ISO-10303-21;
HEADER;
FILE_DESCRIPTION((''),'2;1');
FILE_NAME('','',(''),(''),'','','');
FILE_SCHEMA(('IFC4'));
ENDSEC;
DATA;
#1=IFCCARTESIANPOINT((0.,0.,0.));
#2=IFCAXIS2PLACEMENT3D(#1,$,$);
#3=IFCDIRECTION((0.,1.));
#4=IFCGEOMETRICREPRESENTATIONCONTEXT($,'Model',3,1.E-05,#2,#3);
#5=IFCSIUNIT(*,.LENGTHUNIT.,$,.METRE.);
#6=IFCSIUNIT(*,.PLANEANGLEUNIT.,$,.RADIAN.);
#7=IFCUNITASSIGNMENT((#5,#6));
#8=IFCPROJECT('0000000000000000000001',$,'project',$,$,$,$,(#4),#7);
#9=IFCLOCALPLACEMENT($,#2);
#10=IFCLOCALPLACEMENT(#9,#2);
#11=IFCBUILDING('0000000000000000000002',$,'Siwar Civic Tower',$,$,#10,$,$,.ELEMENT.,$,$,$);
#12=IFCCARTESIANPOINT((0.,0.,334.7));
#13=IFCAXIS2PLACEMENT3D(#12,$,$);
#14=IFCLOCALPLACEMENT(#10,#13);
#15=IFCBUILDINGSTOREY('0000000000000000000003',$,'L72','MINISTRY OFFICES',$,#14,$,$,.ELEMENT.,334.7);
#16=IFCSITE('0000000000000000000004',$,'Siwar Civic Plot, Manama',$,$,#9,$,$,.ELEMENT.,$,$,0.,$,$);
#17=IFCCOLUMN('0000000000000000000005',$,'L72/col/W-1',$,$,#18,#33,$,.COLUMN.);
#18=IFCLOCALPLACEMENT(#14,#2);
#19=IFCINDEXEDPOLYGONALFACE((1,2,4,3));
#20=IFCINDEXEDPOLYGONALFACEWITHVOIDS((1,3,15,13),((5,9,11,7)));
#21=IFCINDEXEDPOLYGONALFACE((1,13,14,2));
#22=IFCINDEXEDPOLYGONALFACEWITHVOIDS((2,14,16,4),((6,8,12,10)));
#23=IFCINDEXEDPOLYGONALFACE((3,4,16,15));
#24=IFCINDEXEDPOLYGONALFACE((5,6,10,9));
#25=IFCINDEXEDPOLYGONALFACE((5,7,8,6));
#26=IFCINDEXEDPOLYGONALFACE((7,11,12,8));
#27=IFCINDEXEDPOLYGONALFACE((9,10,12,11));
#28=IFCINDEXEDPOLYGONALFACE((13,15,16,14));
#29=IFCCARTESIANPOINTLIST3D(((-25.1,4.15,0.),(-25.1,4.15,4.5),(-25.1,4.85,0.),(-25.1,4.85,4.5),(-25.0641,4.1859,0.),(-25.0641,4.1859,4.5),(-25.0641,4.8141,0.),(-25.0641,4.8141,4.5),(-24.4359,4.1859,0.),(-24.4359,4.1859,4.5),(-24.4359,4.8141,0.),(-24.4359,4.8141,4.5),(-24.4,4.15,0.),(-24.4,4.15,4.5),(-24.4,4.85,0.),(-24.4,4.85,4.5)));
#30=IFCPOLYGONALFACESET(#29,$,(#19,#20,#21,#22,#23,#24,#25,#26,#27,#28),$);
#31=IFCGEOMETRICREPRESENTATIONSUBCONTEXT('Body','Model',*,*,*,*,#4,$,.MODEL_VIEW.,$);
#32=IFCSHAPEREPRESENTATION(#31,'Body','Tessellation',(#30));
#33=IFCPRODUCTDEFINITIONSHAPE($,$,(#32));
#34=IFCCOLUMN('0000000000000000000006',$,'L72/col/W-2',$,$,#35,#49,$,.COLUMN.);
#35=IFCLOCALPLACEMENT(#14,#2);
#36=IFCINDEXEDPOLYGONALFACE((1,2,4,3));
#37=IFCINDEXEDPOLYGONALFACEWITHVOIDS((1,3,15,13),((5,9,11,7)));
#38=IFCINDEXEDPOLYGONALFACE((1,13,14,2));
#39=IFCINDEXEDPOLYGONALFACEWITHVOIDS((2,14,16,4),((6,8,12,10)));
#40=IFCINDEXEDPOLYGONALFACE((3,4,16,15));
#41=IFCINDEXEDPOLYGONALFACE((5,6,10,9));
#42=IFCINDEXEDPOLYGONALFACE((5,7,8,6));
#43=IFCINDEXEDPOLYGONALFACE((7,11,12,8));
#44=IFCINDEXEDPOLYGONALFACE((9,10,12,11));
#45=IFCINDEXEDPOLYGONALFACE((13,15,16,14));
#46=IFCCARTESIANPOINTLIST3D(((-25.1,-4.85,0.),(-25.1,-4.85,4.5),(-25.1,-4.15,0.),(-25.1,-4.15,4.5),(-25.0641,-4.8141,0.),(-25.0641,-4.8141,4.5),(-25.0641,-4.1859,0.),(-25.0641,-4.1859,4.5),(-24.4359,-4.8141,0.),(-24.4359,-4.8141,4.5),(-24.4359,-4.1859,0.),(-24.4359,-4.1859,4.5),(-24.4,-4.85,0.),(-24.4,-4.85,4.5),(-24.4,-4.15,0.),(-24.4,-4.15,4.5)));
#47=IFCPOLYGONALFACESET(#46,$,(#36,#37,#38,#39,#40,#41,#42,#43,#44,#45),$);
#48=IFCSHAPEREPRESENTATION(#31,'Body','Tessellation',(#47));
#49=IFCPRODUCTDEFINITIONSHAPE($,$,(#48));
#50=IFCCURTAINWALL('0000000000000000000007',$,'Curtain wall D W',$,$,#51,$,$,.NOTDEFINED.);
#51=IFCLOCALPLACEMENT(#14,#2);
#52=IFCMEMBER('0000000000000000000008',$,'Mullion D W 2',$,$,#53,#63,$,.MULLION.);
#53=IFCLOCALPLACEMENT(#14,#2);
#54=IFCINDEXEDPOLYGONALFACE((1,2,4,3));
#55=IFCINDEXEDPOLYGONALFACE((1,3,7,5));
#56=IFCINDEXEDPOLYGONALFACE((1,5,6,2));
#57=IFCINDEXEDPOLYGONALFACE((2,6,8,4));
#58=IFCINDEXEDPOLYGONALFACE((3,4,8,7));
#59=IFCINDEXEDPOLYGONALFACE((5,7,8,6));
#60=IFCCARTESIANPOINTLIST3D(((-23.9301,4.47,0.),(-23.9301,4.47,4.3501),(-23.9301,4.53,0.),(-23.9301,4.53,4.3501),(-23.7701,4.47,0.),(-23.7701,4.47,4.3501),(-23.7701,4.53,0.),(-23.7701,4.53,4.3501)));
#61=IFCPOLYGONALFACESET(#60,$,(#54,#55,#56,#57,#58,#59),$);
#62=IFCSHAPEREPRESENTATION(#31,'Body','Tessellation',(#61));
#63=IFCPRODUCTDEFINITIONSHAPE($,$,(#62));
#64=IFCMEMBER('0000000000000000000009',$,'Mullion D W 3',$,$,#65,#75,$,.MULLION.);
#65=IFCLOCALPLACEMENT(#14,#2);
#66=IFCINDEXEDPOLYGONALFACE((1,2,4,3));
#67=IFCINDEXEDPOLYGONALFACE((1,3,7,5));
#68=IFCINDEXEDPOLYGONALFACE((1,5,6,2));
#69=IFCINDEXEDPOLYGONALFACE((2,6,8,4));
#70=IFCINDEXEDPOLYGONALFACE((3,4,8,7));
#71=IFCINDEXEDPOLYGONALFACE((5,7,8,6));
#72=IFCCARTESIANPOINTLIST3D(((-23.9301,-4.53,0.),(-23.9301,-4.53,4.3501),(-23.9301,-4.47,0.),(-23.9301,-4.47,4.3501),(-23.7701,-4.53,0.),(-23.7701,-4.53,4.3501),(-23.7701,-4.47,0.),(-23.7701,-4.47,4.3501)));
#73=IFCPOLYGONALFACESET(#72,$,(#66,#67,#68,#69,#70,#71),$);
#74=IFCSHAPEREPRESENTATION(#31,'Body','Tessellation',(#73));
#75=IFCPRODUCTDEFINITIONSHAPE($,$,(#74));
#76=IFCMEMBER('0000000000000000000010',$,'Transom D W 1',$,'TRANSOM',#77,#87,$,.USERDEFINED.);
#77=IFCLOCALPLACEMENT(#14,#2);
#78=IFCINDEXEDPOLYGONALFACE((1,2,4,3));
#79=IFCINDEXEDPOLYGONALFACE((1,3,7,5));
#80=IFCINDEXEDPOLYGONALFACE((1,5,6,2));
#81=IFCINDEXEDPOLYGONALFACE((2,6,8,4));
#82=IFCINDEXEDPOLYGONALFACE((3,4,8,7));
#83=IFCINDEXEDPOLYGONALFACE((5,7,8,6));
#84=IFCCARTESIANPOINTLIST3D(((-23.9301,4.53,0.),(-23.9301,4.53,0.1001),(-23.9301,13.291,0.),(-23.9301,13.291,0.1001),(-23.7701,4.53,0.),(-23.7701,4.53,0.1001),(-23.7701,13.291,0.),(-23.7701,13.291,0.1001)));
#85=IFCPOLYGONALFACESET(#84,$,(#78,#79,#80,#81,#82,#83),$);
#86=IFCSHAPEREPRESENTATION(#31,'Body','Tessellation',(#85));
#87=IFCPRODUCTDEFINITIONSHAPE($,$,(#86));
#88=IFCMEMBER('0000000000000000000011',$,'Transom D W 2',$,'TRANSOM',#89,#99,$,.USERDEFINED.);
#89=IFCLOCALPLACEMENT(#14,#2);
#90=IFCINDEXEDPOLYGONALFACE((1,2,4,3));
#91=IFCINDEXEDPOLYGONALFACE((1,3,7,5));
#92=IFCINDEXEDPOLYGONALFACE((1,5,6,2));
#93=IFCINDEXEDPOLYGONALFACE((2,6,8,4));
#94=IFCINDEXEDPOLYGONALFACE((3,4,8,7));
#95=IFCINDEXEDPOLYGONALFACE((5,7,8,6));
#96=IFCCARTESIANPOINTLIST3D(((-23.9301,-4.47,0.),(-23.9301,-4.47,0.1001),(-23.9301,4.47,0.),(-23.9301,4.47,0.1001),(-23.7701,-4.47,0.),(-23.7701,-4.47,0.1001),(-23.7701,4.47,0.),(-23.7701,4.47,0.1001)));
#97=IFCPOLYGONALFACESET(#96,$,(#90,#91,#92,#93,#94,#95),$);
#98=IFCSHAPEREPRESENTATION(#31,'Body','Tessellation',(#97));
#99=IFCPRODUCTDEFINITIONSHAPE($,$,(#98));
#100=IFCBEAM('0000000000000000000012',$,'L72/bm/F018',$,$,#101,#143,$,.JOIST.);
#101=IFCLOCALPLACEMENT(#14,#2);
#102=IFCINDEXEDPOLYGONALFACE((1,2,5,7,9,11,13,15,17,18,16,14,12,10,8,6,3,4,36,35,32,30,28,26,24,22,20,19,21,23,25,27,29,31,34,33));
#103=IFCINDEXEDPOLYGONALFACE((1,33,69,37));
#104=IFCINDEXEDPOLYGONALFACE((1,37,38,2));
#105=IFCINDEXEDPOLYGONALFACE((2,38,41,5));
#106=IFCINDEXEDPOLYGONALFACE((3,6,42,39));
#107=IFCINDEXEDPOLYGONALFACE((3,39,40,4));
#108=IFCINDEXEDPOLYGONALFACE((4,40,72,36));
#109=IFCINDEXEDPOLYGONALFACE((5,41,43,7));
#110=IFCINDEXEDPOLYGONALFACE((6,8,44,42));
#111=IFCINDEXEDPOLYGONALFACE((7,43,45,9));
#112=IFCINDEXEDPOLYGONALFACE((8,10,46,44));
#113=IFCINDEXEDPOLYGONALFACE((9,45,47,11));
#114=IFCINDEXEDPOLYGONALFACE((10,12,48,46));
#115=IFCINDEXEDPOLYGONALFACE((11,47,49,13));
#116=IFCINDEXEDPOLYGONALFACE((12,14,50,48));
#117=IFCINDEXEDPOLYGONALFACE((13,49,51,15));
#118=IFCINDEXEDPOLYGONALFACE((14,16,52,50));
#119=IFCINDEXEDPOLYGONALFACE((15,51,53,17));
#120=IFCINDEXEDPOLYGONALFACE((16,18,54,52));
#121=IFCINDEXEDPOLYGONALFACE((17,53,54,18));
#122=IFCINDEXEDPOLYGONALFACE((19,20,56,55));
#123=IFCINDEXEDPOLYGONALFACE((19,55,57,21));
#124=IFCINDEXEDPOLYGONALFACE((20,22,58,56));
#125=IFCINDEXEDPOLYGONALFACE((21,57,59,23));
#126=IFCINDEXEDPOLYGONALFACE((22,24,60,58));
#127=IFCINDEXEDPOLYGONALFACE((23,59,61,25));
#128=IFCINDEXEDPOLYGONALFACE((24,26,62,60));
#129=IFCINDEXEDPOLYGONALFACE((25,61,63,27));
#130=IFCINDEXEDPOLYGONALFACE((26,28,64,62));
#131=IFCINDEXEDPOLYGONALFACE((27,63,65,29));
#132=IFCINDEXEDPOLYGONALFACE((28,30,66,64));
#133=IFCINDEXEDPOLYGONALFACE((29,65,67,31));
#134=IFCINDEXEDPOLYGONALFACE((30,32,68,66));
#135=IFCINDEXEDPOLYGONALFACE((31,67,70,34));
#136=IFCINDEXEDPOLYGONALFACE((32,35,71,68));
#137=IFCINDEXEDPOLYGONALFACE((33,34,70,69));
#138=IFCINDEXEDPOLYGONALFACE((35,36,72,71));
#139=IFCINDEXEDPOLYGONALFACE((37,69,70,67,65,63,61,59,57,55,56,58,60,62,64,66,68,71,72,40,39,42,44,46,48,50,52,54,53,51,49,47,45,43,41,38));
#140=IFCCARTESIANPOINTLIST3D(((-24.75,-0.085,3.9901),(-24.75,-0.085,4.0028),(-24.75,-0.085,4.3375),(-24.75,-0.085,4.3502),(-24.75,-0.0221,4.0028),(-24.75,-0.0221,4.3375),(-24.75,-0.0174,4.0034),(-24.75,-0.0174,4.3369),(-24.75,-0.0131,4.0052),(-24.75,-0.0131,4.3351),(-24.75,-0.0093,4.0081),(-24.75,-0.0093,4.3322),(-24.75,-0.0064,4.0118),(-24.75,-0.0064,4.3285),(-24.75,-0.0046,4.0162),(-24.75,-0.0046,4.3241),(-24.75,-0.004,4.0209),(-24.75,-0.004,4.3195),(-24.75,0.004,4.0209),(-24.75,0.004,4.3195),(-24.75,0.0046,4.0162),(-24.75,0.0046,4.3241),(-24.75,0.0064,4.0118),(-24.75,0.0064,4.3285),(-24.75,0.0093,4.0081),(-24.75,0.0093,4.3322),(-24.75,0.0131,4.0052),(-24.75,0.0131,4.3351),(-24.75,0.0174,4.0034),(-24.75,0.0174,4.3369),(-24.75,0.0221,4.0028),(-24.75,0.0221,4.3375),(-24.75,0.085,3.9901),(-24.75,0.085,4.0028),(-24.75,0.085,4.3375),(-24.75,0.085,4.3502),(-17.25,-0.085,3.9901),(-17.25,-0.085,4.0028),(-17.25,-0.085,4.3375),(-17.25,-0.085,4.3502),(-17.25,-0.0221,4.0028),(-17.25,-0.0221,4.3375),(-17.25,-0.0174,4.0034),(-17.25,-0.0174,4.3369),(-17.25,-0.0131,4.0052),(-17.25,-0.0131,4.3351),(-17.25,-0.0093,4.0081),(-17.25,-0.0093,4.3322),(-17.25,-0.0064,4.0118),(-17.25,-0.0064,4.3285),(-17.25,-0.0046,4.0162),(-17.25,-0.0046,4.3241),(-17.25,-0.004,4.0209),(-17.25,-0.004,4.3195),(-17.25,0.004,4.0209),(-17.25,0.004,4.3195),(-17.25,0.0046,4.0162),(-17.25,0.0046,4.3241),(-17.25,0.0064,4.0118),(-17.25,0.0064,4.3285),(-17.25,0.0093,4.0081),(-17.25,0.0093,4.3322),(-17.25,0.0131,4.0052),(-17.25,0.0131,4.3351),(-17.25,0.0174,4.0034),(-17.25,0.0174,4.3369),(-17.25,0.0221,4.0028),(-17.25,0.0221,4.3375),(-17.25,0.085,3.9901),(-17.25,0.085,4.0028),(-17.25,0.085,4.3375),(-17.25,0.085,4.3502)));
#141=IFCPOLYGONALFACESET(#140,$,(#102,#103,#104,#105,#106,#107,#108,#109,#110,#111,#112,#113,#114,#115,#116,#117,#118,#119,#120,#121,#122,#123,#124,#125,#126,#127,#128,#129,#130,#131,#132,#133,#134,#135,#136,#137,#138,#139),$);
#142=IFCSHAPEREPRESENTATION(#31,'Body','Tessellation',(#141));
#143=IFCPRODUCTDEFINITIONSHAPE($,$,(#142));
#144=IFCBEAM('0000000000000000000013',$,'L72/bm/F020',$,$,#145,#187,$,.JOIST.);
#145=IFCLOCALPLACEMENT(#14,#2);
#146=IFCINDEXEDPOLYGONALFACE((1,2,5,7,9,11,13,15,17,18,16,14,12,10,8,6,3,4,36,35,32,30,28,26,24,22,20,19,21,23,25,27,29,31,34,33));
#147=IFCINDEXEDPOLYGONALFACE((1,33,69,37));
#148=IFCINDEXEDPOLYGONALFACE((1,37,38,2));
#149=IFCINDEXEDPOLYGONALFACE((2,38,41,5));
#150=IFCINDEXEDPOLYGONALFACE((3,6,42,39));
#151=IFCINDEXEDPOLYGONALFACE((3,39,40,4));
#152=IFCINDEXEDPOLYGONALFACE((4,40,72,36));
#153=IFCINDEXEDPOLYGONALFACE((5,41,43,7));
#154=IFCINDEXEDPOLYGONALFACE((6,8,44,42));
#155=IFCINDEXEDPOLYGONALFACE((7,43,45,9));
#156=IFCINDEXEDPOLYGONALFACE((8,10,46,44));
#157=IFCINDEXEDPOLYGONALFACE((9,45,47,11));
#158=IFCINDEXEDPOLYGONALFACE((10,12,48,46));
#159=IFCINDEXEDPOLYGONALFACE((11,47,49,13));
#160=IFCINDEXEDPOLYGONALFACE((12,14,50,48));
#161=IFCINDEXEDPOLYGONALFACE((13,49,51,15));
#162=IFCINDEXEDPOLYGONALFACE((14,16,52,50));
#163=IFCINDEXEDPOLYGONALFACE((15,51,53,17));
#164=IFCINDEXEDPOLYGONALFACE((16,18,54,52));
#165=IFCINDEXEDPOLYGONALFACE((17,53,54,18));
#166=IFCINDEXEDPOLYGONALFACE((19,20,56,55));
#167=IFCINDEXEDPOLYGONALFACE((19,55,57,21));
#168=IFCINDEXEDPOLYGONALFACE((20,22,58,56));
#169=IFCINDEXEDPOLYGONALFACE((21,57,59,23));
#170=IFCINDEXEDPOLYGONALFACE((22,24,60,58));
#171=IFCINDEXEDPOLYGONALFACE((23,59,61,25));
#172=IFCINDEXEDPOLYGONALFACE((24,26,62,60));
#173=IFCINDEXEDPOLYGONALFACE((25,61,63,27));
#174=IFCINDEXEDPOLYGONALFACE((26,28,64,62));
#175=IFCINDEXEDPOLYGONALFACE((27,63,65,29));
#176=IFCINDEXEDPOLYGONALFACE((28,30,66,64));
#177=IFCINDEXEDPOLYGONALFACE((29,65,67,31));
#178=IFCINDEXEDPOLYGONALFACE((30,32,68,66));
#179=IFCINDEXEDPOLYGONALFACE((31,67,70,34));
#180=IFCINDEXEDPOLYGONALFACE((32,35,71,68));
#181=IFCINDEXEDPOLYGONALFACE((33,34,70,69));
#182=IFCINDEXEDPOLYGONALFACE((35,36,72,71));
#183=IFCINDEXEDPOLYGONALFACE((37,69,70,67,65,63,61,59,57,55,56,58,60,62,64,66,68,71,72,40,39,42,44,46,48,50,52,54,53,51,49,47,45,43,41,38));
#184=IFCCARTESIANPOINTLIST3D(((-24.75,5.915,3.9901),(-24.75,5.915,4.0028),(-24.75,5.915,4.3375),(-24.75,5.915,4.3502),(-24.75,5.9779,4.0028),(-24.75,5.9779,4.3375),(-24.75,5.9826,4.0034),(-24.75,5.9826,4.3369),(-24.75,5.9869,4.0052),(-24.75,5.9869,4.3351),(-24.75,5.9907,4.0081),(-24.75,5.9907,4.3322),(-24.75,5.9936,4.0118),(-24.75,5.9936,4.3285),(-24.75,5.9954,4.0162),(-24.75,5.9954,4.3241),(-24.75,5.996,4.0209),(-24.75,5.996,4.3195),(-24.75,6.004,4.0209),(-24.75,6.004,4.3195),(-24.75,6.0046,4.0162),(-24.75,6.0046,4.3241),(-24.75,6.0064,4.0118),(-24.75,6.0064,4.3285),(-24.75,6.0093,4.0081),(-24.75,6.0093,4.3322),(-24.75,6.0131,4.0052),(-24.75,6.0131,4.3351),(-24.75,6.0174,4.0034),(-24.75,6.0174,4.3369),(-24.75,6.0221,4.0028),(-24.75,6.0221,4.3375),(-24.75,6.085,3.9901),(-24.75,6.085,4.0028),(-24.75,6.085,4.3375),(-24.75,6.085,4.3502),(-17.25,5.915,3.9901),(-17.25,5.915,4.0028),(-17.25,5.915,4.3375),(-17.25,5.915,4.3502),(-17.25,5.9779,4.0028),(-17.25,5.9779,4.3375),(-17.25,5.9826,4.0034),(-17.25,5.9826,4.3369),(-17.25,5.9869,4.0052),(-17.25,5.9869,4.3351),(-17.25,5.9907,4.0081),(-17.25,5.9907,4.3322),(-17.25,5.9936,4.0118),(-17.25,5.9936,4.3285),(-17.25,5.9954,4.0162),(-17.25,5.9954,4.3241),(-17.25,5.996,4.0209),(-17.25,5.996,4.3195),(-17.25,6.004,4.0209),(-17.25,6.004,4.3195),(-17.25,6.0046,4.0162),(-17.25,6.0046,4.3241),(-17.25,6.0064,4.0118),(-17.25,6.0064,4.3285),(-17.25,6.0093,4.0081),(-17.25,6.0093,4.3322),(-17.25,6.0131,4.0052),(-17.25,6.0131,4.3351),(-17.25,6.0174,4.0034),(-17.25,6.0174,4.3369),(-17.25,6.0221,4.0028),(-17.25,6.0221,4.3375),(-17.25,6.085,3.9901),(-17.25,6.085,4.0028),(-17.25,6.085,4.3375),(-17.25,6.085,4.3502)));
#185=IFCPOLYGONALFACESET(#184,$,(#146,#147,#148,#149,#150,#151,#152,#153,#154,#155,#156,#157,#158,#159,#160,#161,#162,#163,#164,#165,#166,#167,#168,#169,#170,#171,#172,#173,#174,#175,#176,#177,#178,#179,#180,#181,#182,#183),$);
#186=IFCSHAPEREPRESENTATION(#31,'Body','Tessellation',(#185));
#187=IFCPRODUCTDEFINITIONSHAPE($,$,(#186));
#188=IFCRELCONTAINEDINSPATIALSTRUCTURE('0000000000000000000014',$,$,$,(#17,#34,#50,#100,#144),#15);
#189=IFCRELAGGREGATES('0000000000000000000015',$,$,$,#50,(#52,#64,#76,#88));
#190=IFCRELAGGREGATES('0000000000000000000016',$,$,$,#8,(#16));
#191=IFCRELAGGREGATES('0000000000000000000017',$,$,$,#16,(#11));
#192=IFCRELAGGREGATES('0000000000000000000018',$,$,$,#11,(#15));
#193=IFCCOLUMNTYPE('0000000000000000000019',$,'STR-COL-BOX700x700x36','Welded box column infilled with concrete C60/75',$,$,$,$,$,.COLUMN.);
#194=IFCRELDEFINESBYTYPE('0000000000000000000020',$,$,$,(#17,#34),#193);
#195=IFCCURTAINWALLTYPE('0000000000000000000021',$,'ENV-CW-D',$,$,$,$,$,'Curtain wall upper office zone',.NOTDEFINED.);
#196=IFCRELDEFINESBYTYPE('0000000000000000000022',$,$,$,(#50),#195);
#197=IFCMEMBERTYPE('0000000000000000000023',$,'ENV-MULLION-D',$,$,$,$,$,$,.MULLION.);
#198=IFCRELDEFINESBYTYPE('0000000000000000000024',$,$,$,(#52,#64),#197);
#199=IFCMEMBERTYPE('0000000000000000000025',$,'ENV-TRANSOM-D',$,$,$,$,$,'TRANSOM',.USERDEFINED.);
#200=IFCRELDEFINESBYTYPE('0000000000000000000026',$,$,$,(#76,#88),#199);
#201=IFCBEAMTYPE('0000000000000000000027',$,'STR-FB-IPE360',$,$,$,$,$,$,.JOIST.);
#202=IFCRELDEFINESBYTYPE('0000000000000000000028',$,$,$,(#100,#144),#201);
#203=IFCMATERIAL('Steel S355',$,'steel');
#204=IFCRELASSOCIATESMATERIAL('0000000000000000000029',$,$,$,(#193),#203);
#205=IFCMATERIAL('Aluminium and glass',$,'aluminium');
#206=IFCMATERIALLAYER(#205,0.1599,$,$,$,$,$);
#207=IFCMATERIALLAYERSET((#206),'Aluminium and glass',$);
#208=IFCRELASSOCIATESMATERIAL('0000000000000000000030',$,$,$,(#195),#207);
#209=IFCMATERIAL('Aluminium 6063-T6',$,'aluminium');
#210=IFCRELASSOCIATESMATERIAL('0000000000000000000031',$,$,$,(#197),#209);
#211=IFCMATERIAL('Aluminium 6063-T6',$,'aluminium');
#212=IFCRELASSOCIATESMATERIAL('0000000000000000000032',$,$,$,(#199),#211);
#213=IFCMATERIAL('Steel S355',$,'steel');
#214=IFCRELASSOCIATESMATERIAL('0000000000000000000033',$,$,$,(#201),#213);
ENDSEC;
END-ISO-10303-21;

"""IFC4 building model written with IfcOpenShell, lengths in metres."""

from ifc_helpers import new_model, si_unit, direction, frame, origin, origin_2d, place, context, subcontext, project, spatial, rectangle, hollow_rectangle, i_section, extrude, material, layer, layer_set, material_profile, profile_set, type_object, element, aggregate, save


model = new_model("IFC4")

# Units and contexts
model_context = context("Model", 3, precision=1e-05, world=origin(), true_north=direction((0.0, 1.0)))
body_context = subcontext(model_context, "Body", "Model", "MODEL_VIEW")
ifc_project = project(units=[si_unit("LENGTHUNIT", "METRE"), si_unit("PLANEANGLEUNIT", "RADIAN")], contexts=[model_context])

# Site, building, storey
site_placement = place(None, origin())
site = spatial("IfcSite", under=ifc_project, at=site_placement, Name="Siwar Civic Plot, Manama", CompositionType="ELEMENT", RefElevation=0.0)
building_placement = place(site_placement, origin())
building = spatial("IfcBuilding", under=site, at=building_placement, Name="Siwar Civic Tower", CompositionType="ELEMENT")
storey_placement = place(building_placement, frame((0.0, 0.0, 334.7)))
storey = spatial("IfcBuildingStorey", under=building, at=storey_placement, Name="L72", Description="MINISTRY OFFICES", CompositionType="ELEMENT", Elevation=334.7)

# Columns
ifc_material_1 = material(Name="Steel S355", Category="steel")
ifc_material_profile_1 = material_profile(ifc_material_1, hollow_rectangle(XDim=0.7, YDim=0.7, WallThickness=0.0359, at=origin_2d()), Name="BOX700x700x36")
ifc_profile_set_1 = profile_set([ifc_material_profile_1], Name="Steel S355")
column_type = type_object("IfcColumnType", Name="STR-COL-BOX700x700x36", Description="Welded box column infilled with concrete C60/75", PredefinedType="COLUMN", material=ifc_profile_set_1)
for number, where, z_axis, x_axis, name in (
    (1, (-24.75, 4.5, 0.0), (0.0, 0.0, 1.0), (1.0, 0.0, 0.0), "L72/col/W-1"),
    (2, (-24.75, -4.5, 0.0), (0.0, 0.0, 1.0), (1.0, 0.0, 0.0), "L72/col/W-2"),
):
    element("IfcColumn", number, at=place(storey_placement, frame(where, z_axis=z_axis, x_axis=x_axis)), inside=storey, type_object=column_type, Name=name, PredefinedType="COLUMN", context=body_context, shape_type="SweptSolid", body=[
        extrude(hollow_rectangle(XDim=0.7, YDim=0.7, WallThickness=0.0359, at=origin_2d()), origin(), (0.0, 0.0, 1.0), 4.5),
    ])

# Curtain wall, members
ifc_material_2 = material(Name="Aluminium and glass", Category="aluminium")
ifc_layer_1 = layer(ifc_material_2, 0.1599)
ifc_layer_set_1 = layer_set([ifc_layer_1], Name="Aluminium and glass")
curtain_wall_type = type_object("IfcCurtainWallType", Name="ENV-CW-D", ElementType="Curtain wall upper office zone", PredefinedType="NOTDEFINED", material=ifc_layer_set_1)
curtain_wall_placement = place(storey_placement, origin())
curtain_wall = element("IfcCurtainWall", 3, at=curtain_wall_placement, inside=storey, type_object=curtain_wall_type, Name="Curtain wall D W", PredefinedType="NOTDEFINED")
ifc_material_3 = material(Name="Aluminium 6063-T6", Category="aluminium")
ifc_material_profile_2 = material_profile(ifc_material_3, rectangle(XDim=0.1599, YDim=0.0601, at=origin_2d()), Name="AL 160x60")
ifc_profile_set_2 = profile_set([ifc_material_profile_2], Name="Aluminium 6063-T6")
member_type_1 = type_object("IfcMemberType", Name="ENV-MULLION-D", PredefinedType="MULLION", material=ifc_profile_set_2)
member_1_placement = place(storey_placement, frame((-23.8501, 4.5, 0.0), z_axis=(0.0, 0.0, 1.0), x_axis=(1.0, 0.0, 0.0)))
member_1 = element("IfcMember", 4, at=member_1_placement, type_object=member_type_1, Name="Mullion D W 2", PredefinedType="MULLION", context=body_context, shape_type="SweptSolid", body=[
    extrude(rectangle(XDim=0.1599, YDim=0.0601, at=origin_2d()), origin(), (0.0, 0.0, 1.0), 4.3501),
])
member_2_placement = place(storey_placement, frame((-23.8501, -4.5, 0.0), z_axis=(0.0, 0.0, 1.0), x_axis=(1.0, 0.0, 0.0)))
member_2 = element("IfcMember", 5, at=member_2_placement, type_object=member_type_1, Name="Mullion D W 3", PredefinedType="MULLION", context=body_context, shape_type="SweptSolid", body=[
    extrude(rectangle(XDim=0.1599, YDim=0.0601, at=origin_2d()), origin(), (0.0, 0.0, 1.0), 4.3501),
])
ifc_material_4 = material(Name="Aluminium 6063-T6", Category="aluminium")
ifc_material_profile_3 = material_profile(ifc_material_4, rectangle(XDim=0.1599, YDim=0.1001, at=origin_2d()), Name="AL 160x100")
ifc_profile_set_3 = profile_set([ifc_material_profile_3], Name="Aluminium 6063-T6")
member_type_2 = type_object("IfcMemberType", Name="ENV-TRANSOM-D", ElementType="TRANSOM", PredefinedType="USERDEFINED", material=ifc_profile_set_3)
member_3_placement = place(storey_placement, frame((-23.8501, 13.291, 0.05), z_axis=(0.0, -1.0, 0.0), x_axis=(1.0, 0.0, 0.0)))
member_3 = element("IfcMember", 6, at=member_3_placement, type_object=member_type_2, Name="Transom D W 1", ObjectType="TRANSOM", PredefinedType="USERDEFINED", context=body_context, shape_type="SweptSolid", body=[
    extrude(rectangle(XDim=0.1599, YDim=0.1001, at=origin_2d()), origin(), (0.0, 0.0, 1.0), 8.761),
])
member_4_placement = place(storey_placement, frame((-23.8501, 4.47, 0.05), z_axis=(0.0, -1.0, 0.0), x_axis=(1.0, 0.0, 0.0)))
member_4 = element("IfcMember", 7, at=member_4_placement, type_object=member_type_2, Name="Transom D W 2", ObjectType="TRANSOM", PredefinedType="USERDEFINED", context=body_context, shape_type="SweptSolid", body=[
    extrude(rectangle(XDim=0.1599, YDim=0.1001, at=origin_2d()), origin(), (0.0, 0.0, 1.0), 8.9399),
])

# Beams
ifc_material_5 = material(Name="Steel S355", Category="steel")
ifc_material_profile_4 = material_profile(ifc_material_5, i_section(OverallWidth=0.1699, OverallDepth=0.3601, WebThickness=0.0081, FlangeThickness=0.0127, FilletRadius=0.0181, at=origin_2d()), Name="IPE360")
ifc_profile_set_4 = profile_set([ifc_material_profile_4], Name="Steel S355")
beam_type_1 = type_object("IfcBeamType", Name="STR-FB-IPE360", PredefinedType="JOIST", material=ifc_profile_set_4)
for number, where, z_axis, x_axis, name in (
    (8, (-24.75, 0.0, 4.1702), (1.0, 0.0, 0.0), (0.0, 1.0, 0.0), "L72/bm/F018"),
    (9, (-24.75, 6.0, 4.1702), (1.0, 0.0, 0.0), (0.0, 1.0, 0.0), "L72/bm/F020"),
):
    element("IfcBeam", number, at=place(storey_placement, frame(where, z_axis=z_axis, x_axis=x_axis)), inside=storey, type_object=beam_type_1, Name=name, PredefinedType="JOIST", context=body_context, shape_type="SweptSolid", body=[
        extrude(i_section(OverallWidth=0.1699, OverallDepth=0.3601, WebThickness=0.0081, FlangeThickness=0.0127, FilletRadius=0.0181, at=origin_2d()), origin(), (0.0, 0.0, 1.0), 7.5),
    ])

aggregate(curtain_wall, [member_1, member_2, member_3, member_4])

save(model, "model.ifc")
